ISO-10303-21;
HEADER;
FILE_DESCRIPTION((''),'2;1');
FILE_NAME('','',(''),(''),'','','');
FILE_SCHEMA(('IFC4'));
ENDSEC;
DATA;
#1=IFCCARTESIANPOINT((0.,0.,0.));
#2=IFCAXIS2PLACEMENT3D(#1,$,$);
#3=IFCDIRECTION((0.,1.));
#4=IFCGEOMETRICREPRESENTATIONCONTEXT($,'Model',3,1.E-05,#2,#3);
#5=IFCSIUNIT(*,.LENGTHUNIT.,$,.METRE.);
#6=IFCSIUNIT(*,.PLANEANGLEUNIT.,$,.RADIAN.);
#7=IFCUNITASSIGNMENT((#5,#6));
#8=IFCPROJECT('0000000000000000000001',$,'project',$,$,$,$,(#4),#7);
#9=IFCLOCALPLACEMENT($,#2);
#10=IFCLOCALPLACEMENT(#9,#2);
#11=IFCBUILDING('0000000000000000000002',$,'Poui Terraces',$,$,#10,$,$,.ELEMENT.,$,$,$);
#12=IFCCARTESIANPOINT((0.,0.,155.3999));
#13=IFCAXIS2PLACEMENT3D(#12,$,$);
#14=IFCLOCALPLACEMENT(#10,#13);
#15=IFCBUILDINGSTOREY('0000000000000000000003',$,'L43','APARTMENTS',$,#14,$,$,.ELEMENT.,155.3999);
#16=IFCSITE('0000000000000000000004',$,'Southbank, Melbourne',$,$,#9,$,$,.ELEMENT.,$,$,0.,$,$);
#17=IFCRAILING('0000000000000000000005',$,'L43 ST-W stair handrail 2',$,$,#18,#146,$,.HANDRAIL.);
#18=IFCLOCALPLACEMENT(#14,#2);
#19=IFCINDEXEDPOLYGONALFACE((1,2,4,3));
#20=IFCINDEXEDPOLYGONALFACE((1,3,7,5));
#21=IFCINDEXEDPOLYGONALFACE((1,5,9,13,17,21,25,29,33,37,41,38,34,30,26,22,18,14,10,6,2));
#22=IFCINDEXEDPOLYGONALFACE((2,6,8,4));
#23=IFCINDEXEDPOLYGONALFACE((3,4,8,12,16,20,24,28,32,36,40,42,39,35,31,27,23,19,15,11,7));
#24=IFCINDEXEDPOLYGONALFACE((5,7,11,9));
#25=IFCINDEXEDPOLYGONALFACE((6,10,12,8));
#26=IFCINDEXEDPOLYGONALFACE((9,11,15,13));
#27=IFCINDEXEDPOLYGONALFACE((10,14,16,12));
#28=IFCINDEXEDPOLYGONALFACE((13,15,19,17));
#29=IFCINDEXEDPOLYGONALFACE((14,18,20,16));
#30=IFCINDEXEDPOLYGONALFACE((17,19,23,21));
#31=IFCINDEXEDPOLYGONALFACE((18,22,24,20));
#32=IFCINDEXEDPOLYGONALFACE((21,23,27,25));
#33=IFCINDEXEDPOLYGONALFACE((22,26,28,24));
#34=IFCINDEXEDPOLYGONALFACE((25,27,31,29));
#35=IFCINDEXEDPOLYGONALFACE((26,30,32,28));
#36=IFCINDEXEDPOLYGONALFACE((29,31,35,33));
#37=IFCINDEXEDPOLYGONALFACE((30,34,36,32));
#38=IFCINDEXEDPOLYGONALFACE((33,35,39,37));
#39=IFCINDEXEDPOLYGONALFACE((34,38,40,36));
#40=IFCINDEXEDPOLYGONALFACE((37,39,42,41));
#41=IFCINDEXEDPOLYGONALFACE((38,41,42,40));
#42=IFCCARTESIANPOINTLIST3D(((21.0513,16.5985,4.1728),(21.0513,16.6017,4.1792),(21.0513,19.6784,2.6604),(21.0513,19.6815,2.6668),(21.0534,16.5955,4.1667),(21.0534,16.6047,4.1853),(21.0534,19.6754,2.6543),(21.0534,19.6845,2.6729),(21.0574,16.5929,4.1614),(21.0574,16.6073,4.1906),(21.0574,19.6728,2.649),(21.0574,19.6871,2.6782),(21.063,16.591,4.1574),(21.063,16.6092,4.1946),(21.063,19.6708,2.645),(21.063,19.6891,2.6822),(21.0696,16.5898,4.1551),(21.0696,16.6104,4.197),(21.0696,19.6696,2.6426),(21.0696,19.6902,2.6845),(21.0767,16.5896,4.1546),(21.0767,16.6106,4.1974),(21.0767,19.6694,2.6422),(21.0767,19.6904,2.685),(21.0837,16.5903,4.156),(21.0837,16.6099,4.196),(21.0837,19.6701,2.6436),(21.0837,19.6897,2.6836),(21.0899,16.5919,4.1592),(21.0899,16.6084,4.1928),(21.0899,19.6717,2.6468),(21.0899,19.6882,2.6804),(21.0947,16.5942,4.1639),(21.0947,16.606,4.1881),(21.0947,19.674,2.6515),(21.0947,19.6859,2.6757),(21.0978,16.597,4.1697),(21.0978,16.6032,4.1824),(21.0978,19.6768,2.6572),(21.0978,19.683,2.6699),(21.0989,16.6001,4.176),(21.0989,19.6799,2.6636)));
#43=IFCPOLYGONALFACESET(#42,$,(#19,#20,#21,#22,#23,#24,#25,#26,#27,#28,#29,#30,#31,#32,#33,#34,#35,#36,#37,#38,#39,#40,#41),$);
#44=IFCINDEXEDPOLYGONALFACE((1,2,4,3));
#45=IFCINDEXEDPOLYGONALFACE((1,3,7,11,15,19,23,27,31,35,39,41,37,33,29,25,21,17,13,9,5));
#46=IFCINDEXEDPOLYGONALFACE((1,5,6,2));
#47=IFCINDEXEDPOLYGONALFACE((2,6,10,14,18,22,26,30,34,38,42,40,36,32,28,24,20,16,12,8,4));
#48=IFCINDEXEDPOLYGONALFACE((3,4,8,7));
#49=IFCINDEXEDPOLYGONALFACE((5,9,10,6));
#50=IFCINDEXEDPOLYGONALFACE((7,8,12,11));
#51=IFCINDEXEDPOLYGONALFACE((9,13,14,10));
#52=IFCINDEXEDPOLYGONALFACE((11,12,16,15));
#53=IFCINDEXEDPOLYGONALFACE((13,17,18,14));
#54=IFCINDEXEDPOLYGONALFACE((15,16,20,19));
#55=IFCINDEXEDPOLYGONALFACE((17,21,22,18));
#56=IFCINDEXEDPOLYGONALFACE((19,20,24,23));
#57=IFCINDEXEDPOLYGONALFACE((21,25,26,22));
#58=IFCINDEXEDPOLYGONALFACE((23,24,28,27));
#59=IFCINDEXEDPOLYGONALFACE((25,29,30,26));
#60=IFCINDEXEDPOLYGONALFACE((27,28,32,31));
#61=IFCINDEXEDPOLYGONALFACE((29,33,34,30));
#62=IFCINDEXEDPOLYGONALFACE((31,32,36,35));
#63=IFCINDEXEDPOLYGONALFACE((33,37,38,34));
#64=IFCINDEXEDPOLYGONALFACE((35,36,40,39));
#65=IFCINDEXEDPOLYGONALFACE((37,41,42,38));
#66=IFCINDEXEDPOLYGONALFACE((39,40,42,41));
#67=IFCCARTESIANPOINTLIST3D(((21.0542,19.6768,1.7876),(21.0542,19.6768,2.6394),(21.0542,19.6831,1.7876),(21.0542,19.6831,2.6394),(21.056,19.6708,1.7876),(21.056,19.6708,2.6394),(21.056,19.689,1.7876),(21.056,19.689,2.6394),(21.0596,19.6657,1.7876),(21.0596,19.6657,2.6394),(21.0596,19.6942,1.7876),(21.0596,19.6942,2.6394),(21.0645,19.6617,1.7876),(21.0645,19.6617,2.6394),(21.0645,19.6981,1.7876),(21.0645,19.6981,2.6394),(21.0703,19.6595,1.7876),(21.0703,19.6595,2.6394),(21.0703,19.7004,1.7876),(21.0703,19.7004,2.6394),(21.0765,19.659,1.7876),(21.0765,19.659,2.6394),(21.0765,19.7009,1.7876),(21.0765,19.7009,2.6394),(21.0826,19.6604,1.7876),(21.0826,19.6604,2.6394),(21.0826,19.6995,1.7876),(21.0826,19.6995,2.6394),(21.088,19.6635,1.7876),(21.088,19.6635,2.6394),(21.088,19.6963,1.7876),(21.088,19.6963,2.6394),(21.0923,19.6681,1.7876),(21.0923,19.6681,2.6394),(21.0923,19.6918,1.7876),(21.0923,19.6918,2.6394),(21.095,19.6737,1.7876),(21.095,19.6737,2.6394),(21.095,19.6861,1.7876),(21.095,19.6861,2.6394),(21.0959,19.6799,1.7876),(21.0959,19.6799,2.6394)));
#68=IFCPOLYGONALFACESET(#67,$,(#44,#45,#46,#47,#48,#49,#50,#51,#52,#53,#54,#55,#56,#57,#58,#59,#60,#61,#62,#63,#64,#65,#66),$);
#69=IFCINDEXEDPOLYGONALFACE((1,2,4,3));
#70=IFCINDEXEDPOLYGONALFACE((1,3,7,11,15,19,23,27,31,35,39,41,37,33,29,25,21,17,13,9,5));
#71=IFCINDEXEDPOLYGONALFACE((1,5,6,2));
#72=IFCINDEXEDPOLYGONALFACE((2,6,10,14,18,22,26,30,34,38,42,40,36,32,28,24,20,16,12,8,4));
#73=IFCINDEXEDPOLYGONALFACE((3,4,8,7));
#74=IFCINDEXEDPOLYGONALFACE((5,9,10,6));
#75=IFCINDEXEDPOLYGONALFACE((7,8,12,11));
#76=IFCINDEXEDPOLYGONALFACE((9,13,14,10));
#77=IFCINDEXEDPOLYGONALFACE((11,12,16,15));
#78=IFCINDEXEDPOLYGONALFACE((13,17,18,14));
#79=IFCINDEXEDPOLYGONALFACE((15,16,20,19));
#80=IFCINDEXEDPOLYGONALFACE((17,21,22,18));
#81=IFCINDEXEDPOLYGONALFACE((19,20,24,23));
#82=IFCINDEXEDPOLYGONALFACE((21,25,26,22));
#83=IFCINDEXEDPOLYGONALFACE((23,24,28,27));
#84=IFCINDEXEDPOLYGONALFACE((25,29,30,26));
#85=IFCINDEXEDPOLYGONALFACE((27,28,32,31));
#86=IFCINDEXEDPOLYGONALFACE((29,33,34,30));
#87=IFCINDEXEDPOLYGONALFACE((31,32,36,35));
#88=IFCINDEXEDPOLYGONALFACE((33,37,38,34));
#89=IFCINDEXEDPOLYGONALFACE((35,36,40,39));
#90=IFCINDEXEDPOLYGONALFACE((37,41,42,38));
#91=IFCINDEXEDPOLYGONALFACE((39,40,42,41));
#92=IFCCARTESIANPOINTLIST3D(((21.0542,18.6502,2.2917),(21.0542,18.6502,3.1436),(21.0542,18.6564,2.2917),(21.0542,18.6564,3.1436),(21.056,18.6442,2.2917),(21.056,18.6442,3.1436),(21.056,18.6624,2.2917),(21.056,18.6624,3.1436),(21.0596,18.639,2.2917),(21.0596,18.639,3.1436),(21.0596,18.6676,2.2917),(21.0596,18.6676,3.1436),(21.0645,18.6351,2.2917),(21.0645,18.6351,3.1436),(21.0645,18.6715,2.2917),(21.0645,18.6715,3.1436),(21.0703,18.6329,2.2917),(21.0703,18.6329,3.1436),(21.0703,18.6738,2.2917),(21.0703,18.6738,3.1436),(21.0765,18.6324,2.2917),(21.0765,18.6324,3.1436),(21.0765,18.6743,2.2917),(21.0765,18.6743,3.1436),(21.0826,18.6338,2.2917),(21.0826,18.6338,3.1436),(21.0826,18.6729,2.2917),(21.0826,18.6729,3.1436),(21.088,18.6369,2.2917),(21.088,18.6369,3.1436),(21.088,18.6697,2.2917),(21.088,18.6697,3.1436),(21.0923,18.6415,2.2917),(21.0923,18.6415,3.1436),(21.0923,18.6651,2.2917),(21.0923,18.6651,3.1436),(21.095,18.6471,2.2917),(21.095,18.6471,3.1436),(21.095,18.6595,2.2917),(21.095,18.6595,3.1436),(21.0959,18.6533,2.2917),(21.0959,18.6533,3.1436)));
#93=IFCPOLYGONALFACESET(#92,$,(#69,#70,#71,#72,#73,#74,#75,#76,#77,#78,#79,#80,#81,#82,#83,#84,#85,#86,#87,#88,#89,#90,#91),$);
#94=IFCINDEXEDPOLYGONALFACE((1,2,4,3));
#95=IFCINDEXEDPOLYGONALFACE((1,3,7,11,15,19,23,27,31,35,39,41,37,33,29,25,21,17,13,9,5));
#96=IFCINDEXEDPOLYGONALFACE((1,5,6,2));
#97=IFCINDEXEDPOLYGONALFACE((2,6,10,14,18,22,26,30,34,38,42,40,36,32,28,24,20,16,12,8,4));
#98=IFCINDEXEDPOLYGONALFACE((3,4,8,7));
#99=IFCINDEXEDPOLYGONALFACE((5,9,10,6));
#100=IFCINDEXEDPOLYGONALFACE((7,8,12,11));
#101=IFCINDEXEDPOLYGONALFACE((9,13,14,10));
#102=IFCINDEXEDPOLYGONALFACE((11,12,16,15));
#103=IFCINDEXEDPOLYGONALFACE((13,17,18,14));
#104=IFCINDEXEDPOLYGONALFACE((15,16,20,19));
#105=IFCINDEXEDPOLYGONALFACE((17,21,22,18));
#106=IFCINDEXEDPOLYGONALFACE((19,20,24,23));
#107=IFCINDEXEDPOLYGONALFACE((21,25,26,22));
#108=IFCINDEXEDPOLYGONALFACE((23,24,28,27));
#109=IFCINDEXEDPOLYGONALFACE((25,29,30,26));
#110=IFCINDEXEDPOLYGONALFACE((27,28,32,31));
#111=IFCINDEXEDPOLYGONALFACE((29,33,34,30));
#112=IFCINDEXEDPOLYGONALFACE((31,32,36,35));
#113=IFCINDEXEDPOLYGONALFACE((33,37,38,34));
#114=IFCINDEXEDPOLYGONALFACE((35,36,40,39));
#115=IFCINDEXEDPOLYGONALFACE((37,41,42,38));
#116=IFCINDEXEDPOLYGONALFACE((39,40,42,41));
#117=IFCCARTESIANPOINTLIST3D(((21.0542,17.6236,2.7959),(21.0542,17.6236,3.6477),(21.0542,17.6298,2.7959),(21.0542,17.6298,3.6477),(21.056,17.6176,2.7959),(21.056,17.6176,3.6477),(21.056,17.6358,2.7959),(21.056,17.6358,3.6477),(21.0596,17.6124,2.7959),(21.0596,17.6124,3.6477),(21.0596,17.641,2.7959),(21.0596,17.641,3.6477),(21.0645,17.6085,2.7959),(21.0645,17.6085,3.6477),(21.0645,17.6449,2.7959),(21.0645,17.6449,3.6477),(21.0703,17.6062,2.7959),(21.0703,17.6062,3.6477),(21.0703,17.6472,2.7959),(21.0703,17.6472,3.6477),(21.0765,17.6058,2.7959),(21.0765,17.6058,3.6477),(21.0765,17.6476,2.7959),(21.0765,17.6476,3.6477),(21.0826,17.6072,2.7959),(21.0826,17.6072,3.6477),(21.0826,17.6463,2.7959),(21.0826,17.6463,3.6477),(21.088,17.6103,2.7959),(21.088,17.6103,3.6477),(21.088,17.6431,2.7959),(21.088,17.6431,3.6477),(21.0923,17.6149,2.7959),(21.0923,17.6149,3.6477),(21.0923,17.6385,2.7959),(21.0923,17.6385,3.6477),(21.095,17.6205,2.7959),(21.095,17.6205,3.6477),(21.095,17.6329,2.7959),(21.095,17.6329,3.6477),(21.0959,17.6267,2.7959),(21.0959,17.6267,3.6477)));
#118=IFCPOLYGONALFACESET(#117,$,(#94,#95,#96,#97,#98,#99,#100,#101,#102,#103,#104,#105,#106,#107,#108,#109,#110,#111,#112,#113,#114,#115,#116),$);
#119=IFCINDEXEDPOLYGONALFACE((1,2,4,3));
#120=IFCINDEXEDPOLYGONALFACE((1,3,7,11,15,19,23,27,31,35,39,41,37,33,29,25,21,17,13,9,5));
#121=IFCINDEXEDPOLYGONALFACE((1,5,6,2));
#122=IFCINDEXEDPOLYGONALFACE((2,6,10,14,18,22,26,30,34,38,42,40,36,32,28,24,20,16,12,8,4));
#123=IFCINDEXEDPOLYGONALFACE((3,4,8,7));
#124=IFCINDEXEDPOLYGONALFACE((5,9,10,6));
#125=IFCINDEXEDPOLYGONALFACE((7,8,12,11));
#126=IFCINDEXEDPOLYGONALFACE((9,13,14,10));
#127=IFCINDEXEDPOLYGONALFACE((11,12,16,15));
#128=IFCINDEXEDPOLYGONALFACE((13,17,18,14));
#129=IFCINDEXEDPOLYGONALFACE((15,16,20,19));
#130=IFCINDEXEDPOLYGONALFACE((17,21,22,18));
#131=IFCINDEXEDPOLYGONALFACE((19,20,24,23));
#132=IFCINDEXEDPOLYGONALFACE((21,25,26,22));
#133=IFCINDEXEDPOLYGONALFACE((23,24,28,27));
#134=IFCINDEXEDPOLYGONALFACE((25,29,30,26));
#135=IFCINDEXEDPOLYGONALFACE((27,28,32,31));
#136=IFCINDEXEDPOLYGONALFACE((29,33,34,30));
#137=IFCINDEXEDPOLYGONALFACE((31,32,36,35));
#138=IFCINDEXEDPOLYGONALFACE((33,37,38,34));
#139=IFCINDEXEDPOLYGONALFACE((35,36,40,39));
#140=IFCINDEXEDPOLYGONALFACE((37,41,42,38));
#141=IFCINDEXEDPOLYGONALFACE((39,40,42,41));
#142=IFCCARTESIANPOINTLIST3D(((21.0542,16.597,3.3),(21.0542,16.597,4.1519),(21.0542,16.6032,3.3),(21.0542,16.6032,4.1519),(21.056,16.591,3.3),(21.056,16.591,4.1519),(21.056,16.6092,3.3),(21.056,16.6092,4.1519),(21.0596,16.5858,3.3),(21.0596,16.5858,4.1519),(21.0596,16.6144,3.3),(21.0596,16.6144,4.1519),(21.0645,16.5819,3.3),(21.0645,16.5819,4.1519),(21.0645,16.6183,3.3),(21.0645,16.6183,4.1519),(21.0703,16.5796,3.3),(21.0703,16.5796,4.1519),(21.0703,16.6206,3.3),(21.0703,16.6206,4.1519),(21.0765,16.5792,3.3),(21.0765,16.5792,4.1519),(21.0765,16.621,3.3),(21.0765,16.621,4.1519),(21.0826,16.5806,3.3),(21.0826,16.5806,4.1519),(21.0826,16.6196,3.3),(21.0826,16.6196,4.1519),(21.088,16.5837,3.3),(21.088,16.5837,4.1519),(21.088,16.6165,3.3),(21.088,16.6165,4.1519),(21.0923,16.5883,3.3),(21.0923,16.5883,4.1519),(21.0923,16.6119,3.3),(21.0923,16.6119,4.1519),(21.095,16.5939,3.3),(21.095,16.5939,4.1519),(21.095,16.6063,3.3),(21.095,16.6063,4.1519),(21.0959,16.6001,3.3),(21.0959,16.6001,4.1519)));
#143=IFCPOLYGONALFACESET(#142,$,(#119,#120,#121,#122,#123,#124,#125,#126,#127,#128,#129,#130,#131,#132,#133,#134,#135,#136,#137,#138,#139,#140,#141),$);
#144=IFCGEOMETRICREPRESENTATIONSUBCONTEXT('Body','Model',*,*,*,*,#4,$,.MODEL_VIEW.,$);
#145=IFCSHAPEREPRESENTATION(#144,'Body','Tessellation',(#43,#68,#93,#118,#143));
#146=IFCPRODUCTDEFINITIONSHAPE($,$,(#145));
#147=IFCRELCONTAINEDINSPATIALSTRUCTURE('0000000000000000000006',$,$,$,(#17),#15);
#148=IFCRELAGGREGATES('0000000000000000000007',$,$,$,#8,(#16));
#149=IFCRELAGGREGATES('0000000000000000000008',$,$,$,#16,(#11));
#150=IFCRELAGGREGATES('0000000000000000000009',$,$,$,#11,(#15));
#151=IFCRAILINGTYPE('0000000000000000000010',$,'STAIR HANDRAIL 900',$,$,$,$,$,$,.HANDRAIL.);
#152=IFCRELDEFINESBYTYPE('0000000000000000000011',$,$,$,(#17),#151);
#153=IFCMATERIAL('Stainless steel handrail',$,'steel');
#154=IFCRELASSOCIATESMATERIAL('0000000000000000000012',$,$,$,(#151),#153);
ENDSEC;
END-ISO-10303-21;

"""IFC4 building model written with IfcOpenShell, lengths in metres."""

from ifc_helpers import new_model, si_unit, direction, frame, origin, origin_2d, place, context, subcontext, project, spatial, circle, extrude, material, type_object, element, save


model = new_model("IFC4")

# Units and contexts
model_context = context("Model", 3, precision=1e-05, world=origin(), true_north=direction((0.0, 1.0)))
body_context = subcontext(model_context, "Body", "Model", "MODEL_VIEW")
ifc_project = project(units=[si_unit("LENGTHUNIT", "METRE"), si_unit("PLANEANGLEUNIT", "RADIAN")], contexts=[model_context])

# Site, building, storey
site_placement = place(None, origin())
site = spatial("IfcSite", under=ifc_project, at=site_placement, Name="Southbank, Melbourne", CompositionType="ELEMENT", RefElevation=0.0)
building_placement = place(site_placement, origin())
building = spatial("IfcBuilding", under=site, at=building_placement, Name="Poui Terraces", CompositionType="ELEMENT")
storey_placement = place(building_placement, frame((0.0, 0.0, 155.3999)))
storey = spatial("IfcBuildingStorey", under=building, at=storey_placement, Name="L43", Description="APARTMENTS", CompositionType="ELEMENT", Elevation=155.3999)

# Railing
ifc_material_1 = material(Name="Stainless steel handrail", Category="steel")
railing_type_1 = type_object("IfcRailingType", Name="STAIR HANDRAIL 900", PredefinedType="HANDRAIL", material=ifc_material_1)
railing_1_placement = place(storey_placement, frame((21.075, 19.6799, 1.7876)))
element("IfcRailing", 1, at=railing_1_placement, inside=storey, type_object=railing_type_1, Name="L43 ST-W stair handrail 2", PredefinedType="HANDRAIL", context=body_context, shape_type="SweptSolid", body=[
    extrude(circle(Radius=0.0239, at=origin_2d()), frame((0.0, 0.0, 0.876), z_axis=(0.0, -0.897606, 0.440798), x_axis=(1.0, 0.0, 0.0)), (0.0, 0.0, 1.0), 3.4312),
    extrude(circle(Radius=0.021, at=origin_2d()), origin(), (0.0, 0.0, 1.0), 0.8518),
    extrude(circle(Radius=0.021, at=origin_2d()), frame((0.0, -1.0266, 0.5042)), (0.0, 0.0, 1.0), 0.8518),
    extrude(circle(Radius=0.021, at=origin_2d()), frame((0.0, -2.0532, 1.0083)), (0.0, 0.0, 1.0), 0.8518),
    extrude(circle(Radius=0.021, at=origin_2d()), frame((0.0, -3.0798, 1.5125)), (0.0, 0.0, 1.0), 0.8518),
])

save(model, "model.ifc")
